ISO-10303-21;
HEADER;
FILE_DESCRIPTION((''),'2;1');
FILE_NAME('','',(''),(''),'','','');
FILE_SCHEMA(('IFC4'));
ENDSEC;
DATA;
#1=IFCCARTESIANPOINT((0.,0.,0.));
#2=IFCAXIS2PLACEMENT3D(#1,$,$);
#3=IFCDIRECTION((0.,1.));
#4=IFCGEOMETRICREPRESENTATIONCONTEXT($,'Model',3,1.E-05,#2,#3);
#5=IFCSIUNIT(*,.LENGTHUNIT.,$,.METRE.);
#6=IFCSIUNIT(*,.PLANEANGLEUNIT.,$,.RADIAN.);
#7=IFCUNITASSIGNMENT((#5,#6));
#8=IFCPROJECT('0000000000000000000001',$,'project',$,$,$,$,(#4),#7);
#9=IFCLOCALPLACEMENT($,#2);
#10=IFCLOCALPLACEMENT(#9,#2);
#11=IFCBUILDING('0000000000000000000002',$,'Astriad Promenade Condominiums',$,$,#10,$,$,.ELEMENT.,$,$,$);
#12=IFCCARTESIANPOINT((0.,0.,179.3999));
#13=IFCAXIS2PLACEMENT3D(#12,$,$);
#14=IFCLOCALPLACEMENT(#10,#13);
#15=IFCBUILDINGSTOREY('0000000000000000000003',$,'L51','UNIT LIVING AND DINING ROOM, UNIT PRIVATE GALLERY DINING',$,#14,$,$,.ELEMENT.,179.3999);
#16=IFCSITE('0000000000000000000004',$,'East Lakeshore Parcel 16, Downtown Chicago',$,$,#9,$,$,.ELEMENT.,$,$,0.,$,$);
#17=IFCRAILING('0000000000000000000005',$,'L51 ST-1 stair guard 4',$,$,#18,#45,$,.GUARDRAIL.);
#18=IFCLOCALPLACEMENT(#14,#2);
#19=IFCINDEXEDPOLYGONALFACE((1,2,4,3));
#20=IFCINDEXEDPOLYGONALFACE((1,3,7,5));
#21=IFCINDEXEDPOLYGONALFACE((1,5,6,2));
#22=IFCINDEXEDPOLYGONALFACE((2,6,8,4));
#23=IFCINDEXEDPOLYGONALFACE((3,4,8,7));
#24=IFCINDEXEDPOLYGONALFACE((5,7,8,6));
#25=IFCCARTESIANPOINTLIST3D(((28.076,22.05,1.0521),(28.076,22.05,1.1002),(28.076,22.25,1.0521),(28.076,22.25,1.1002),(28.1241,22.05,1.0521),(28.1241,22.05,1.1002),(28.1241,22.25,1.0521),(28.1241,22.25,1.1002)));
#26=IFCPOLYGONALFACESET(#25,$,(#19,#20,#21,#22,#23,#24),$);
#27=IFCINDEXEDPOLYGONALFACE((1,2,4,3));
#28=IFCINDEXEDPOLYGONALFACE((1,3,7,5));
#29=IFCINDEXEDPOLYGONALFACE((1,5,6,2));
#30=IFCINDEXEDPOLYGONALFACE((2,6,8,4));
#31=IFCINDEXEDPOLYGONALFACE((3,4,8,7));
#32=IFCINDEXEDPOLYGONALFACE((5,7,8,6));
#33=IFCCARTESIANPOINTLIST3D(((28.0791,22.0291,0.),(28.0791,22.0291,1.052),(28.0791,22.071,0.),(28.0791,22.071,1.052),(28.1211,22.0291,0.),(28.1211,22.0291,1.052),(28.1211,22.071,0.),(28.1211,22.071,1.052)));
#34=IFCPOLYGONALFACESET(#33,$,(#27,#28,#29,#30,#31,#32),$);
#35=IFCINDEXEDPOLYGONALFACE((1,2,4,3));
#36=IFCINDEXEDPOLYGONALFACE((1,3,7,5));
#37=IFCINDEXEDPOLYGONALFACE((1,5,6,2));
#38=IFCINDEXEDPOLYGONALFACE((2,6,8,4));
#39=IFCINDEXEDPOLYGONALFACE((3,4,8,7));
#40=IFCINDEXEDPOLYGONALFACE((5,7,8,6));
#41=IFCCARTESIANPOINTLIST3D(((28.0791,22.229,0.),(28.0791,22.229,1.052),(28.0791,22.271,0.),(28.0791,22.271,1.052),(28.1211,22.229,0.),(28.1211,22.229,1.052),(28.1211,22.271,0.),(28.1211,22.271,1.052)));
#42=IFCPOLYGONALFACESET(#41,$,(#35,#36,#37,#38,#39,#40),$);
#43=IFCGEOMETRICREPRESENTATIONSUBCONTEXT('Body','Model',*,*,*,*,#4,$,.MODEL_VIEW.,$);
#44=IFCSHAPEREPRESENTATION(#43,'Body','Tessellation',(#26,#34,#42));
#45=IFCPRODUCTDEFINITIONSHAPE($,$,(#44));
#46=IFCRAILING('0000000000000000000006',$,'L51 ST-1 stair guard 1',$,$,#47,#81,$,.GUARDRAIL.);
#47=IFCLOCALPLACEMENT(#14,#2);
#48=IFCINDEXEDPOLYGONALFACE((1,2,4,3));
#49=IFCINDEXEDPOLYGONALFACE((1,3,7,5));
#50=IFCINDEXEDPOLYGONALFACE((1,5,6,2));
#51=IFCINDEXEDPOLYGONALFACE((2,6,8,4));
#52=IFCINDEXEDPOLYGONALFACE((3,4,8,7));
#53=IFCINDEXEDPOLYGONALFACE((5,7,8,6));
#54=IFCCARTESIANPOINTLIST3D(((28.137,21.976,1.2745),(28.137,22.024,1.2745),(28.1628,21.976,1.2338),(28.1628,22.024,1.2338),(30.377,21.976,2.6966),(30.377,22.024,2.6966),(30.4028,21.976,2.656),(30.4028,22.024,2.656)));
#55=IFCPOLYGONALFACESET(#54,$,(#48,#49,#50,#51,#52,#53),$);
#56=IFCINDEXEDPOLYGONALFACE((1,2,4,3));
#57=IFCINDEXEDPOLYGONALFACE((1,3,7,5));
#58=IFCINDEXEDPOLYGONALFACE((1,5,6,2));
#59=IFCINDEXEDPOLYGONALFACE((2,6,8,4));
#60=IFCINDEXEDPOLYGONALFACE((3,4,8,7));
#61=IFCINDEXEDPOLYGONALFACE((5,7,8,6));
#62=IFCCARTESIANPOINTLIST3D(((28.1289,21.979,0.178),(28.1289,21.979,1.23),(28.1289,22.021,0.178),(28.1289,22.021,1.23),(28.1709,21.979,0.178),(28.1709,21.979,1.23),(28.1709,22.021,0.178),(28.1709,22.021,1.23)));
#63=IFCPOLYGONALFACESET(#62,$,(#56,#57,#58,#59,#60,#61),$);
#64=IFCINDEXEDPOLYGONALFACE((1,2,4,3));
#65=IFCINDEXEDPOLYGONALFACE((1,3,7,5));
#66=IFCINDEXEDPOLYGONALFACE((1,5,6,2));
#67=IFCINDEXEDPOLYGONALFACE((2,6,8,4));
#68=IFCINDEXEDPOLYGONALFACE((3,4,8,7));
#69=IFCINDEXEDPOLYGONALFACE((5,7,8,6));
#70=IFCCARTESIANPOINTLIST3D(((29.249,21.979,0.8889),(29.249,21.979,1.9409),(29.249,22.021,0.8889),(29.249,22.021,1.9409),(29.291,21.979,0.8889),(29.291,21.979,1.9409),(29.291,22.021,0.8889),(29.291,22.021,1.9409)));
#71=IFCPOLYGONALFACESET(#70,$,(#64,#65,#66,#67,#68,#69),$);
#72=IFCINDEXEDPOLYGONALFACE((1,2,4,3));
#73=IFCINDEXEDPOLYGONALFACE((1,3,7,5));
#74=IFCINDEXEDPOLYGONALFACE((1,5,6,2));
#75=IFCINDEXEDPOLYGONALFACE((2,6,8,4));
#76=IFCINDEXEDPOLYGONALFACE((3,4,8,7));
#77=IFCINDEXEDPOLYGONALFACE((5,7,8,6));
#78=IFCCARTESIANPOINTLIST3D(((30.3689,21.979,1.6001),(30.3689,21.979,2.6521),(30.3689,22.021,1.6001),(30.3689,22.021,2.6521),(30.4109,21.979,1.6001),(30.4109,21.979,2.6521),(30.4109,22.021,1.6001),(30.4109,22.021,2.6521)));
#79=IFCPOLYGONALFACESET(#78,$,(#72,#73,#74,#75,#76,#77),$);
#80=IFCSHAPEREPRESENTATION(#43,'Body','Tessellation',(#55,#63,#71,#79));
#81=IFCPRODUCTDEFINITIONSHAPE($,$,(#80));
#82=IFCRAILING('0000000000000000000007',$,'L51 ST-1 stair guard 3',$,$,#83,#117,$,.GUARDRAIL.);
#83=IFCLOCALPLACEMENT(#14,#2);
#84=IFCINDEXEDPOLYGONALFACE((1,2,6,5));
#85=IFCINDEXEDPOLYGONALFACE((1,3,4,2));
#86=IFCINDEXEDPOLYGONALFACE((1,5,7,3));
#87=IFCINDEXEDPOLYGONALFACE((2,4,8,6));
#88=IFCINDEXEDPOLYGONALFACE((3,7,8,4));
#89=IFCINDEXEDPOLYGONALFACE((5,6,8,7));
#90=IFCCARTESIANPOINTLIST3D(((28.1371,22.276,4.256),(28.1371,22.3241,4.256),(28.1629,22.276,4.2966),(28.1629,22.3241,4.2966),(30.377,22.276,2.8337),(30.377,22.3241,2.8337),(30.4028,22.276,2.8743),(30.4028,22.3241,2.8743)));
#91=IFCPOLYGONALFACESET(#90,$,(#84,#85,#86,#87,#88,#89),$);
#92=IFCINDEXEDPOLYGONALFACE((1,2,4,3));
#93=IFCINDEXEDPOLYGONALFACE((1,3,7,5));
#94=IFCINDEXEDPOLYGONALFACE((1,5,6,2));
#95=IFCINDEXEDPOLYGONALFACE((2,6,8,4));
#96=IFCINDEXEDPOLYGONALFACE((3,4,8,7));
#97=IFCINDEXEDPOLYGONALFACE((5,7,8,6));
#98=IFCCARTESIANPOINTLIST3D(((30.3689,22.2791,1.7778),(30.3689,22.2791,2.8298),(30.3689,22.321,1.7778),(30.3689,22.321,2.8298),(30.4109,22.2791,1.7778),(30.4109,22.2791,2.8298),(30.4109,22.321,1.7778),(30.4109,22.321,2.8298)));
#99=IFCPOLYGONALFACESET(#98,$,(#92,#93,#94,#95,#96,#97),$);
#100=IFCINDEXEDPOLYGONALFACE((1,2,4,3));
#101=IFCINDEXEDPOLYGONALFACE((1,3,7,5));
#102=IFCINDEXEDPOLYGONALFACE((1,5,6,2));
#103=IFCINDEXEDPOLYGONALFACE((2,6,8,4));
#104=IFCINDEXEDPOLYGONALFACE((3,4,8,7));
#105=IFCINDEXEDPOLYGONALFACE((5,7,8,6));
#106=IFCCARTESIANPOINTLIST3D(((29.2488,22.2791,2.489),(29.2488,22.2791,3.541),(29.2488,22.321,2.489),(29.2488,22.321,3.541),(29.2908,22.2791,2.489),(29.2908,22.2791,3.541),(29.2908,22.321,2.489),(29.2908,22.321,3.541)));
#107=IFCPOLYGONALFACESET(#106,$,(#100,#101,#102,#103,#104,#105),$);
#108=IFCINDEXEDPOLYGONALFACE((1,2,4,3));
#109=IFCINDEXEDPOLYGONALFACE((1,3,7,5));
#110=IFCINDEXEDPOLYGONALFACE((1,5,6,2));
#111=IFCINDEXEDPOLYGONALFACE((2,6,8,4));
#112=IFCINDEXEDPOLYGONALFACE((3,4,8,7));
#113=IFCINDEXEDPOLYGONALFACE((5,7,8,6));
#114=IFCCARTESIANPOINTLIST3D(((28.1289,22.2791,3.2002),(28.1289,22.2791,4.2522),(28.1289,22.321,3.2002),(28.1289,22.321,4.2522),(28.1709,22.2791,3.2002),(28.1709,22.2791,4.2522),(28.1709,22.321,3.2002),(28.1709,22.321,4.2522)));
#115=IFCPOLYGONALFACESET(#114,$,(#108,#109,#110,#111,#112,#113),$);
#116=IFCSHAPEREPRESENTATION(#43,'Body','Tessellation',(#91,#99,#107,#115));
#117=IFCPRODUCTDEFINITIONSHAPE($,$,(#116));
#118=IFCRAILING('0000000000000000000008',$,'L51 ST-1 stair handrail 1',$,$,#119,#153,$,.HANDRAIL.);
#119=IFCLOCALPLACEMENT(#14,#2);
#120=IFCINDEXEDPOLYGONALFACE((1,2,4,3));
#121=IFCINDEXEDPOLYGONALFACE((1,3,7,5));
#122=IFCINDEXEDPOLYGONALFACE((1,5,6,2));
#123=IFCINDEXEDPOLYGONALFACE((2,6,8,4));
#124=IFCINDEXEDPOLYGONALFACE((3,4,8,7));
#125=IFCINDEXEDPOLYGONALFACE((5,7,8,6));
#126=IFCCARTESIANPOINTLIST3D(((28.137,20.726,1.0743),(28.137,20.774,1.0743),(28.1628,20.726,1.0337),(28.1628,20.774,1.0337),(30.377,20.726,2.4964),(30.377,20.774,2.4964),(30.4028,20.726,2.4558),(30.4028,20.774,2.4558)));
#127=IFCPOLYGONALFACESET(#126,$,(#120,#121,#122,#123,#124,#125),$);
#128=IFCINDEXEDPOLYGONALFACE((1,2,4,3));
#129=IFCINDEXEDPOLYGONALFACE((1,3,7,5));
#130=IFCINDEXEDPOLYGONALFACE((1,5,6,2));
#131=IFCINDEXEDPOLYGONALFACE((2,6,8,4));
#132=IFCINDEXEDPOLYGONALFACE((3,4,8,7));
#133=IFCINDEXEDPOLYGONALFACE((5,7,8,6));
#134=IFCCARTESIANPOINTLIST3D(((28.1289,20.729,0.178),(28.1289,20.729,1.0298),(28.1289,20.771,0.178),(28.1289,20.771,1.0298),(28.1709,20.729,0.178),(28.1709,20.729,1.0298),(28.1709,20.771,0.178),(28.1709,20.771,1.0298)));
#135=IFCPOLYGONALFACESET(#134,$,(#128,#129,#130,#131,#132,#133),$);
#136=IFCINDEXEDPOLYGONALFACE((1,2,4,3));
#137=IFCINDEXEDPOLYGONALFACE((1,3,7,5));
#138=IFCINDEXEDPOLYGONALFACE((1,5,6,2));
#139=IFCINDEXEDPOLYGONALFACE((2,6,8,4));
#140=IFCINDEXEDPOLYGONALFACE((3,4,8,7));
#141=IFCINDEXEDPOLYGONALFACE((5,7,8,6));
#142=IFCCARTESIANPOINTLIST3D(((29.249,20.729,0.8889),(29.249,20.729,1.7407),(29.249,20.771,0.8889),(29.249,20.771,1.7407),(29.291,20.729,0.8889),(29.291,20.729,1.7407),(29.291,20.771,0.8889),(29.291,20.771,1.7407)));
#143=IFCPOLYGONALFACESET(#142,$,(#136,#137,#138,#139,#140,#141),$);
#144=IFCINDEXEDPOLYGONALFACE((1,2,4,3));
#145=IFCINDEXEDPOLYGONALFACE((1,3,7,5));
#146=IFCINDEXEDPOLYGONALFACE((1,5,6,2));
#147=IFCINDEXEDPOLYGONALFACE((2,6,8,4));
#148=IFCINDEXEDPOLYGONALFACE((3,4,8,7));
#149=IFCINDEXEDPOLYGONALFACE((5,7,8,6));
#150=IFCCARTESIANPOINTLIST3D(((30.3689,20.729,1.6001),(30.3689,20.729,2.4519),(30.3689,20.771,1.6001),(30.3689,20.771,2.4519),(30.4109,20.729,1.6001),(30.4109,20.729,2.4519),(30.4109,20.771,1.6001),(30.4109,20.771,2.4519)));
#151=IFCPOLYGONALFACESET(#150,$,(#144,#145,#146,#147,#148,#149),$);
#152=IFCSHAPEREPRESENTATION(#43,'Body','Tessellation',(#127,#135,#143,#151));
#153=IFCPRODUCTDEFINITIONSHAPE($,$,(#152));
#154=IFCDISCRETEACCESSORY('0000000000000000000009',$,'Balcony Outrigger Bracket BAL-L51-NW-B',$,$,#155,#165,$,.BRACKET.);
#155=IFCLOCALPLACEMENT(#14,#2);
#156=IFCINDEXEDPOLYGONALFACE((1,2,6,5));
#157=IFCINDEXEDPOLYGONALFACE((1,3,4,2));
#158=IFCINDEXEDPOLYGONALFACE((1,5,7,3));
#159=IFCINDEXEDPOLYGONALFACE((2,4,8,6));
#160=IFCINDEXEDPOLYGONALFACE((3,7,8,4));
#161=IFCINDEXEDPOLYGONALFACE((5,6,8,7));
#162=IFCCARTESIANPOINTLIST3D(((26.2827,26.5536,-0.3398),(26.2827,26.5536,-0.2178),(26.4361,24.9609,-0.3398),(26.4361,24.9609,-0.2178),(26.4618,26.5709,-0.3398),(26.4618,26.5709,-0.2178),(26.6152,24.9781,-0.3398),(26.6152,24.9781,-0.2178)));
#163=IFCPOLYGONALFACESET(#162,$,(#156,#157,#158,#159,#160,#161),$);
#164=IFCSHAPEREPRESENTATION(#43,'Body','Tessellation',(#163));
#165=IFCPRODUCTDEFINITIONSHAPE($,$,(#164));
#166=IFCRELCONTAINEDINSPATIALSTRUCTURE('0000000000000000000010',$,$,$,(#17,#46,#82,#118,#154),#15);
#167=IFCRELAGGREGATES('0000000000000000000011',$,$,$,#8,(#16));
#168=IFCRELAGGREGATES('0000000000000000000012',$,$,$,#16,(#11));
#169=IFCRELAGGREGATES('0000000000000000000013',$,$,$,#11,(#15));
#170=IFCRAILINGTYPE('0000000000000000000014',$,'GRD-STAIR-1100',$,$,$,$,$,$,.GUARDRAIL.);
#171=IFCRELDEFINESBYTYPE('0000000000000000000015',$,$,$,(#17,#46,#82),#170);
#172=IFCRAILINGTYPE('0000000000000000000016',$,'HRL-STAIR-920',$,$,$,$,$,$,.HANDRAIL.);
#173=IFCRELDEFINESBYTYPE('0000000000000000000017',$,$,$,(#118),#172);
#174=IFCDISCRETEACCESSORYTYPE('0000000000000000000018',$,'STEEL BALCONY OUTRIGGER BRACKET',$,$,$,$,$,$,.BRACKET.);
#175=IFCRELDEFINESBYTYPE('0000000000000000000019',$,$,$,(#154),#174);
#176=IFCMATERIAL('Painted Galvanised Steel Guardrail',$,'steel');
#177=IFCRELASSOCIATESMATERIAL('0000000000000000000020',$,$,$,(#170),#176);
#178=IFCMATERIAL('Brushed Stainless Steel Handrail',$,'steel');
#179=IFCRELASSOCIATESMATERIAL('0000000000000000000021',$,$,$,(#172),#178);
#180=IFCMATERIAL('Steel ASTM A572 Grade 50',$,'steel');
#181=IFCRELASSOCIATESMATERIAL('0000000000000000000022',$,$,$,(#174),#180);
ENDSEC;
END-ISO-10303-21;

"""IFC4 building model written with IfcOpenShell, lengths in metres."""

from ifc_helpers import new_model, si_unit, direction, frame, origin, origin_2d, place, context, subcontext, project, spatial, rectangle, extrude, source, transform, mapped, material, type_object, type_shapes, element, save


model = new_model("IFC4")

# Units and contexts
model_context = context("Model", 3, precision=1e-05, world=origin(), true_north=direction((0.0, 1.0)))
body_context = subcontext(model_context, "Body", "Model", "MODEL_VIEW")
ifc_project = project(units=[si_unit("LENGTHUNIT", "METRE"), si_unit("PLANEANGLEUNIT", "RADIAN")], contexts=[model_context])

# Site, building, storey
site_placement = place(None, origin())
site = spatial("IfcSite", under=ifc_project, at=site_placement, Name="East Lakeshore Parcel 16, Downtown Chicago", CompositionType="ELEMENT", RefElevation=0.0)
building_placement = place(site_placement, origin())
building = spatial("IfcBuilding", under=site, at=building_placement, Name="Astriad Promenade Condominiums", CompositionType="ELEMENT")
storey_placement = place(building_placement, frame((0.0, 0.0, 179.3999)))
storey = spatial("IfcBuildingStorey", under=building, at=storey_placement, Name="L51", Description="UNIT LIVING AND DINING ROOM, UNIT PRIVATE GALLERY DINING", CompositionType="ELEMENT", Elevation=179.3999)

# Railings
ifc_material_1 = material(Name="Painted Galvanised Steel Guardrail", Category="steel")
railing_type_1 = type_object("IfcRailingType", Name="GRD-STAIR-1100", PredefinedType="GUARDRAIL", material=ifc_material_1)
shared_shape_1 = source(origin(), body_context, "Body", "SweptSolid", [
    extrude(rectangle(XDim=0.0481, YDim=0.0481, at=origin_2d()), frame((0.0, 0.0, 1.0762), z_axis=(0.0, 1.0, 0.0), x_axis=(-1.0, 0.0, 0.0)), (0.0, 0.0, 1.0), 0.2),
    extrude(rectangle(XDim=0.042, YDim=0.042, at=origin_2d()), origin(), (0.0, 0.0, 1.0), 1.052),
    extrude(rectangle(XDim=0.042, YDim=0.042, at=origin_2d()), frame((0.0, 0.2, 0.0)), (0.0, 0.0, 1.0), 1.052),
])
railing_1_placement = place(storey_placement, frame((28.1001, 22.05, 0.0)))
element("IfcRailing", 1, at=railing_1_placement, inside=storey, type_object=railing_type_1, Name="L51 ST-1 stair guard 4", PredefinedType="GUARDRAIL", context=body_context, shape_type="MappedRepresentation", body=[
    mapped(shared_shape_1, transform((0.0, 0.0, 0.0), scale=1.0)),
])
shared_shape_2 = source(origin(), body_context, "Body", "SweptSolid", [
    extrude(rectangle(XDim=0.0481, YDim=0.0481, at=origin_2d()), frame((0.0, 0.0, 1.0762), z_axis=(0.844229, 0.0, 0.535982), x_axis=(0.0, 1.0, 0.0)), (0.0, 0.0, 1.0), 2.6533),
    extrude(rectangle(XDim=0.042, YDim=0.042, at=origin_2d()), origin(), (0.0, 0.0, 1.0), 1.052),
    extrude(rectangle(XDim=0.042, YDim=0.042, at=origin_2d()), frame((1.1201, 0.0, 0.7109)), (0.0, 0.0, 1.0), 1.052),
    extrude(rectangle(XDim=0.042, YDim=0.042, at=origin_2d()), frame((2.24, 0.0, 1.4221)), (0.0, 0.0, 1.0), 1.052),
])
railing_2_placement = place(storey_placement, frame((28.1499, 22.0, 0.178)))
element("IfcRailing", 2, at=railing_2_placement, inside=storey, type_object=railing_type_1, Name="L51 ST-1 stair guard 1", PredefinedType="GUARDRAIL", context=body_context, shape_type="MappedRepresentation", body=[
    mapped(shared_shape_2, transform((0.0, 0.0, 0.0), scale=1.0)),
])
shared_shape_3 = source(origin(), body_context, "Body", "SweptSolid", [
    extrude(rectangle(XDim=0.0481, YDim=0.0481, at=origin_2d()), frame((0.0, 0.0, 1.0762), z_axis=(-0.844188, 0.0, 0.536048), x_axis=(0.0, -1.0, 0.0)), (0.0, 0.0, 1.0), 2.6533),
    extrude(rectangle(XDim=0.042, YDim=0.042, at=origin_2d()), origin(), (0.0, 0.0, 1.0), 1.052),
    extrude(rectangle(XDim=0.042, YDim=0.042, at=origin_2d()), frame((-1.1201, 0.0, 0.7112)), (0.0, 0.0, 1.0), 1.052),
    extrude(rectangle(XDim=0.042, YDim=0.042, at=origin_2d()), frame((-2.24, 0.0, 1.4224)), (0.0, 0.0, 1.0), 1.052),
])
type_shapes(railing_type_1, [shared_shape_1, shared_shape_2, shared_shape_3])
railing_3_placement = place(storey_placement, frame((30.3899, 22.3, 1.7778)))
element("IfcRailing", 3, at=railing_3_placement, inside=storey, type_object=railing_type_1, Name="L51 ST-1 stair guard 3", PredefinedType="GUARDRAIL", context=body_context, shape_type="MappedRepresentation", body=[
    mapped(shared_shape_3, transform((0.0, 0.0, 0.0), scale=1.0)),
])
ifc_material_2 = material(Name="Brushed Stainless Steel Handrail", Category="steel")
railing_type_2 = type_object("IfcRailingType", Name="HRL-STAIR-920", PredefinedType="HANDRAIL", material=ifc_material_2)
shared_shape_4 = source(origin(), body_context, "Body", "SweptSolid", [
    extrude(rectangle(XDim=0.0481, YDim=0.0481, at=origin_2d()), frame((0.0, 0.0, 0.876), z_axis=(0.844229, 0.0, 0.535982), x_axis=(0.0, 1.0, 0.0)), (0.0, 0.0, 1.0), 2.6533),
    extrude(rectangle(XDim=0.042, YDim=0.042, at=origin_2d()), origin(), (0.0, 0.0, 1.0), 0.8518),
    extrude(rectangle(XDim=0.042, YDim=0.042, at=origin_2d()), frame((1.1201, 0.0, 0.7109)), (0.0, 0.0, 1.0), 0.8518),
    extrude(rectangle(XDim=0.042, YDim=0.042, at=origin_2d()), frame((2.24, 0.0, 1.4221)), (0.0, 0.0, 1.0), 0.8518),
])
type_shapes(railing_type_2, [shared_shape_4])
railing_4_placement = place(storey_placement, frame((28.1499, 20.75, 0.178)))
element("IfcRailing", 4, at=railing_4_placement, inside=storey, type_object=railing_type_2, Name="L51 ST-1 stair handrail 1", PredefinedType="HANDRAIL", context=body_context, shape_type="MappedRepresentation", body=[
    mapped(shared_shape_4, transform((0.0, 0.0, 0.0), scale=1.0)),
])

# Discrete accessory
ifc_material_3 = material(Name="Steel ASTM A572 Grade 50", Category="steel")
discrete_accessory_type = type_object("IfcDiscreteAccessoryType", Name="STEEL BALCONY OUTRIGGER BRACKET", PredefinedType="BRACKET", material=ifc_material_3)
shared_shape_5 = source(origin(), body_context, "Body", "SweptSolid", [
    extrude(rectangle(XDim=1.6001, YDim=0.1799, at=origin_2d()), origin(), (0.0, 0.0, 1.0), 0.1221),
])
type_shapes(discrete_accessory_type, [shared_shape_5])
discrete_accessory_placement = place(storey_placement, frame((26.449, 25.7659, -0.3398), z_axis=(0.0, 0.0, 1.0), x_axis=(-0.095846, 0.995396, 0.0)))
element("IfcDiscreteAccessory", 5, at=discrete_accessory_placement, inside=storey, type_object=discrete_accessory_type, Name="Balcony Outrigger Bracket BAL-L51-NW-B", PredefinedType="BRACKET", context=body_context, shape_type="MappedRepresentation", body=[
    mapped(shared_shape_5, transform((0.0, 0.0, 0.0), scale=1.0)),
])

save(model, "model.ifc")
